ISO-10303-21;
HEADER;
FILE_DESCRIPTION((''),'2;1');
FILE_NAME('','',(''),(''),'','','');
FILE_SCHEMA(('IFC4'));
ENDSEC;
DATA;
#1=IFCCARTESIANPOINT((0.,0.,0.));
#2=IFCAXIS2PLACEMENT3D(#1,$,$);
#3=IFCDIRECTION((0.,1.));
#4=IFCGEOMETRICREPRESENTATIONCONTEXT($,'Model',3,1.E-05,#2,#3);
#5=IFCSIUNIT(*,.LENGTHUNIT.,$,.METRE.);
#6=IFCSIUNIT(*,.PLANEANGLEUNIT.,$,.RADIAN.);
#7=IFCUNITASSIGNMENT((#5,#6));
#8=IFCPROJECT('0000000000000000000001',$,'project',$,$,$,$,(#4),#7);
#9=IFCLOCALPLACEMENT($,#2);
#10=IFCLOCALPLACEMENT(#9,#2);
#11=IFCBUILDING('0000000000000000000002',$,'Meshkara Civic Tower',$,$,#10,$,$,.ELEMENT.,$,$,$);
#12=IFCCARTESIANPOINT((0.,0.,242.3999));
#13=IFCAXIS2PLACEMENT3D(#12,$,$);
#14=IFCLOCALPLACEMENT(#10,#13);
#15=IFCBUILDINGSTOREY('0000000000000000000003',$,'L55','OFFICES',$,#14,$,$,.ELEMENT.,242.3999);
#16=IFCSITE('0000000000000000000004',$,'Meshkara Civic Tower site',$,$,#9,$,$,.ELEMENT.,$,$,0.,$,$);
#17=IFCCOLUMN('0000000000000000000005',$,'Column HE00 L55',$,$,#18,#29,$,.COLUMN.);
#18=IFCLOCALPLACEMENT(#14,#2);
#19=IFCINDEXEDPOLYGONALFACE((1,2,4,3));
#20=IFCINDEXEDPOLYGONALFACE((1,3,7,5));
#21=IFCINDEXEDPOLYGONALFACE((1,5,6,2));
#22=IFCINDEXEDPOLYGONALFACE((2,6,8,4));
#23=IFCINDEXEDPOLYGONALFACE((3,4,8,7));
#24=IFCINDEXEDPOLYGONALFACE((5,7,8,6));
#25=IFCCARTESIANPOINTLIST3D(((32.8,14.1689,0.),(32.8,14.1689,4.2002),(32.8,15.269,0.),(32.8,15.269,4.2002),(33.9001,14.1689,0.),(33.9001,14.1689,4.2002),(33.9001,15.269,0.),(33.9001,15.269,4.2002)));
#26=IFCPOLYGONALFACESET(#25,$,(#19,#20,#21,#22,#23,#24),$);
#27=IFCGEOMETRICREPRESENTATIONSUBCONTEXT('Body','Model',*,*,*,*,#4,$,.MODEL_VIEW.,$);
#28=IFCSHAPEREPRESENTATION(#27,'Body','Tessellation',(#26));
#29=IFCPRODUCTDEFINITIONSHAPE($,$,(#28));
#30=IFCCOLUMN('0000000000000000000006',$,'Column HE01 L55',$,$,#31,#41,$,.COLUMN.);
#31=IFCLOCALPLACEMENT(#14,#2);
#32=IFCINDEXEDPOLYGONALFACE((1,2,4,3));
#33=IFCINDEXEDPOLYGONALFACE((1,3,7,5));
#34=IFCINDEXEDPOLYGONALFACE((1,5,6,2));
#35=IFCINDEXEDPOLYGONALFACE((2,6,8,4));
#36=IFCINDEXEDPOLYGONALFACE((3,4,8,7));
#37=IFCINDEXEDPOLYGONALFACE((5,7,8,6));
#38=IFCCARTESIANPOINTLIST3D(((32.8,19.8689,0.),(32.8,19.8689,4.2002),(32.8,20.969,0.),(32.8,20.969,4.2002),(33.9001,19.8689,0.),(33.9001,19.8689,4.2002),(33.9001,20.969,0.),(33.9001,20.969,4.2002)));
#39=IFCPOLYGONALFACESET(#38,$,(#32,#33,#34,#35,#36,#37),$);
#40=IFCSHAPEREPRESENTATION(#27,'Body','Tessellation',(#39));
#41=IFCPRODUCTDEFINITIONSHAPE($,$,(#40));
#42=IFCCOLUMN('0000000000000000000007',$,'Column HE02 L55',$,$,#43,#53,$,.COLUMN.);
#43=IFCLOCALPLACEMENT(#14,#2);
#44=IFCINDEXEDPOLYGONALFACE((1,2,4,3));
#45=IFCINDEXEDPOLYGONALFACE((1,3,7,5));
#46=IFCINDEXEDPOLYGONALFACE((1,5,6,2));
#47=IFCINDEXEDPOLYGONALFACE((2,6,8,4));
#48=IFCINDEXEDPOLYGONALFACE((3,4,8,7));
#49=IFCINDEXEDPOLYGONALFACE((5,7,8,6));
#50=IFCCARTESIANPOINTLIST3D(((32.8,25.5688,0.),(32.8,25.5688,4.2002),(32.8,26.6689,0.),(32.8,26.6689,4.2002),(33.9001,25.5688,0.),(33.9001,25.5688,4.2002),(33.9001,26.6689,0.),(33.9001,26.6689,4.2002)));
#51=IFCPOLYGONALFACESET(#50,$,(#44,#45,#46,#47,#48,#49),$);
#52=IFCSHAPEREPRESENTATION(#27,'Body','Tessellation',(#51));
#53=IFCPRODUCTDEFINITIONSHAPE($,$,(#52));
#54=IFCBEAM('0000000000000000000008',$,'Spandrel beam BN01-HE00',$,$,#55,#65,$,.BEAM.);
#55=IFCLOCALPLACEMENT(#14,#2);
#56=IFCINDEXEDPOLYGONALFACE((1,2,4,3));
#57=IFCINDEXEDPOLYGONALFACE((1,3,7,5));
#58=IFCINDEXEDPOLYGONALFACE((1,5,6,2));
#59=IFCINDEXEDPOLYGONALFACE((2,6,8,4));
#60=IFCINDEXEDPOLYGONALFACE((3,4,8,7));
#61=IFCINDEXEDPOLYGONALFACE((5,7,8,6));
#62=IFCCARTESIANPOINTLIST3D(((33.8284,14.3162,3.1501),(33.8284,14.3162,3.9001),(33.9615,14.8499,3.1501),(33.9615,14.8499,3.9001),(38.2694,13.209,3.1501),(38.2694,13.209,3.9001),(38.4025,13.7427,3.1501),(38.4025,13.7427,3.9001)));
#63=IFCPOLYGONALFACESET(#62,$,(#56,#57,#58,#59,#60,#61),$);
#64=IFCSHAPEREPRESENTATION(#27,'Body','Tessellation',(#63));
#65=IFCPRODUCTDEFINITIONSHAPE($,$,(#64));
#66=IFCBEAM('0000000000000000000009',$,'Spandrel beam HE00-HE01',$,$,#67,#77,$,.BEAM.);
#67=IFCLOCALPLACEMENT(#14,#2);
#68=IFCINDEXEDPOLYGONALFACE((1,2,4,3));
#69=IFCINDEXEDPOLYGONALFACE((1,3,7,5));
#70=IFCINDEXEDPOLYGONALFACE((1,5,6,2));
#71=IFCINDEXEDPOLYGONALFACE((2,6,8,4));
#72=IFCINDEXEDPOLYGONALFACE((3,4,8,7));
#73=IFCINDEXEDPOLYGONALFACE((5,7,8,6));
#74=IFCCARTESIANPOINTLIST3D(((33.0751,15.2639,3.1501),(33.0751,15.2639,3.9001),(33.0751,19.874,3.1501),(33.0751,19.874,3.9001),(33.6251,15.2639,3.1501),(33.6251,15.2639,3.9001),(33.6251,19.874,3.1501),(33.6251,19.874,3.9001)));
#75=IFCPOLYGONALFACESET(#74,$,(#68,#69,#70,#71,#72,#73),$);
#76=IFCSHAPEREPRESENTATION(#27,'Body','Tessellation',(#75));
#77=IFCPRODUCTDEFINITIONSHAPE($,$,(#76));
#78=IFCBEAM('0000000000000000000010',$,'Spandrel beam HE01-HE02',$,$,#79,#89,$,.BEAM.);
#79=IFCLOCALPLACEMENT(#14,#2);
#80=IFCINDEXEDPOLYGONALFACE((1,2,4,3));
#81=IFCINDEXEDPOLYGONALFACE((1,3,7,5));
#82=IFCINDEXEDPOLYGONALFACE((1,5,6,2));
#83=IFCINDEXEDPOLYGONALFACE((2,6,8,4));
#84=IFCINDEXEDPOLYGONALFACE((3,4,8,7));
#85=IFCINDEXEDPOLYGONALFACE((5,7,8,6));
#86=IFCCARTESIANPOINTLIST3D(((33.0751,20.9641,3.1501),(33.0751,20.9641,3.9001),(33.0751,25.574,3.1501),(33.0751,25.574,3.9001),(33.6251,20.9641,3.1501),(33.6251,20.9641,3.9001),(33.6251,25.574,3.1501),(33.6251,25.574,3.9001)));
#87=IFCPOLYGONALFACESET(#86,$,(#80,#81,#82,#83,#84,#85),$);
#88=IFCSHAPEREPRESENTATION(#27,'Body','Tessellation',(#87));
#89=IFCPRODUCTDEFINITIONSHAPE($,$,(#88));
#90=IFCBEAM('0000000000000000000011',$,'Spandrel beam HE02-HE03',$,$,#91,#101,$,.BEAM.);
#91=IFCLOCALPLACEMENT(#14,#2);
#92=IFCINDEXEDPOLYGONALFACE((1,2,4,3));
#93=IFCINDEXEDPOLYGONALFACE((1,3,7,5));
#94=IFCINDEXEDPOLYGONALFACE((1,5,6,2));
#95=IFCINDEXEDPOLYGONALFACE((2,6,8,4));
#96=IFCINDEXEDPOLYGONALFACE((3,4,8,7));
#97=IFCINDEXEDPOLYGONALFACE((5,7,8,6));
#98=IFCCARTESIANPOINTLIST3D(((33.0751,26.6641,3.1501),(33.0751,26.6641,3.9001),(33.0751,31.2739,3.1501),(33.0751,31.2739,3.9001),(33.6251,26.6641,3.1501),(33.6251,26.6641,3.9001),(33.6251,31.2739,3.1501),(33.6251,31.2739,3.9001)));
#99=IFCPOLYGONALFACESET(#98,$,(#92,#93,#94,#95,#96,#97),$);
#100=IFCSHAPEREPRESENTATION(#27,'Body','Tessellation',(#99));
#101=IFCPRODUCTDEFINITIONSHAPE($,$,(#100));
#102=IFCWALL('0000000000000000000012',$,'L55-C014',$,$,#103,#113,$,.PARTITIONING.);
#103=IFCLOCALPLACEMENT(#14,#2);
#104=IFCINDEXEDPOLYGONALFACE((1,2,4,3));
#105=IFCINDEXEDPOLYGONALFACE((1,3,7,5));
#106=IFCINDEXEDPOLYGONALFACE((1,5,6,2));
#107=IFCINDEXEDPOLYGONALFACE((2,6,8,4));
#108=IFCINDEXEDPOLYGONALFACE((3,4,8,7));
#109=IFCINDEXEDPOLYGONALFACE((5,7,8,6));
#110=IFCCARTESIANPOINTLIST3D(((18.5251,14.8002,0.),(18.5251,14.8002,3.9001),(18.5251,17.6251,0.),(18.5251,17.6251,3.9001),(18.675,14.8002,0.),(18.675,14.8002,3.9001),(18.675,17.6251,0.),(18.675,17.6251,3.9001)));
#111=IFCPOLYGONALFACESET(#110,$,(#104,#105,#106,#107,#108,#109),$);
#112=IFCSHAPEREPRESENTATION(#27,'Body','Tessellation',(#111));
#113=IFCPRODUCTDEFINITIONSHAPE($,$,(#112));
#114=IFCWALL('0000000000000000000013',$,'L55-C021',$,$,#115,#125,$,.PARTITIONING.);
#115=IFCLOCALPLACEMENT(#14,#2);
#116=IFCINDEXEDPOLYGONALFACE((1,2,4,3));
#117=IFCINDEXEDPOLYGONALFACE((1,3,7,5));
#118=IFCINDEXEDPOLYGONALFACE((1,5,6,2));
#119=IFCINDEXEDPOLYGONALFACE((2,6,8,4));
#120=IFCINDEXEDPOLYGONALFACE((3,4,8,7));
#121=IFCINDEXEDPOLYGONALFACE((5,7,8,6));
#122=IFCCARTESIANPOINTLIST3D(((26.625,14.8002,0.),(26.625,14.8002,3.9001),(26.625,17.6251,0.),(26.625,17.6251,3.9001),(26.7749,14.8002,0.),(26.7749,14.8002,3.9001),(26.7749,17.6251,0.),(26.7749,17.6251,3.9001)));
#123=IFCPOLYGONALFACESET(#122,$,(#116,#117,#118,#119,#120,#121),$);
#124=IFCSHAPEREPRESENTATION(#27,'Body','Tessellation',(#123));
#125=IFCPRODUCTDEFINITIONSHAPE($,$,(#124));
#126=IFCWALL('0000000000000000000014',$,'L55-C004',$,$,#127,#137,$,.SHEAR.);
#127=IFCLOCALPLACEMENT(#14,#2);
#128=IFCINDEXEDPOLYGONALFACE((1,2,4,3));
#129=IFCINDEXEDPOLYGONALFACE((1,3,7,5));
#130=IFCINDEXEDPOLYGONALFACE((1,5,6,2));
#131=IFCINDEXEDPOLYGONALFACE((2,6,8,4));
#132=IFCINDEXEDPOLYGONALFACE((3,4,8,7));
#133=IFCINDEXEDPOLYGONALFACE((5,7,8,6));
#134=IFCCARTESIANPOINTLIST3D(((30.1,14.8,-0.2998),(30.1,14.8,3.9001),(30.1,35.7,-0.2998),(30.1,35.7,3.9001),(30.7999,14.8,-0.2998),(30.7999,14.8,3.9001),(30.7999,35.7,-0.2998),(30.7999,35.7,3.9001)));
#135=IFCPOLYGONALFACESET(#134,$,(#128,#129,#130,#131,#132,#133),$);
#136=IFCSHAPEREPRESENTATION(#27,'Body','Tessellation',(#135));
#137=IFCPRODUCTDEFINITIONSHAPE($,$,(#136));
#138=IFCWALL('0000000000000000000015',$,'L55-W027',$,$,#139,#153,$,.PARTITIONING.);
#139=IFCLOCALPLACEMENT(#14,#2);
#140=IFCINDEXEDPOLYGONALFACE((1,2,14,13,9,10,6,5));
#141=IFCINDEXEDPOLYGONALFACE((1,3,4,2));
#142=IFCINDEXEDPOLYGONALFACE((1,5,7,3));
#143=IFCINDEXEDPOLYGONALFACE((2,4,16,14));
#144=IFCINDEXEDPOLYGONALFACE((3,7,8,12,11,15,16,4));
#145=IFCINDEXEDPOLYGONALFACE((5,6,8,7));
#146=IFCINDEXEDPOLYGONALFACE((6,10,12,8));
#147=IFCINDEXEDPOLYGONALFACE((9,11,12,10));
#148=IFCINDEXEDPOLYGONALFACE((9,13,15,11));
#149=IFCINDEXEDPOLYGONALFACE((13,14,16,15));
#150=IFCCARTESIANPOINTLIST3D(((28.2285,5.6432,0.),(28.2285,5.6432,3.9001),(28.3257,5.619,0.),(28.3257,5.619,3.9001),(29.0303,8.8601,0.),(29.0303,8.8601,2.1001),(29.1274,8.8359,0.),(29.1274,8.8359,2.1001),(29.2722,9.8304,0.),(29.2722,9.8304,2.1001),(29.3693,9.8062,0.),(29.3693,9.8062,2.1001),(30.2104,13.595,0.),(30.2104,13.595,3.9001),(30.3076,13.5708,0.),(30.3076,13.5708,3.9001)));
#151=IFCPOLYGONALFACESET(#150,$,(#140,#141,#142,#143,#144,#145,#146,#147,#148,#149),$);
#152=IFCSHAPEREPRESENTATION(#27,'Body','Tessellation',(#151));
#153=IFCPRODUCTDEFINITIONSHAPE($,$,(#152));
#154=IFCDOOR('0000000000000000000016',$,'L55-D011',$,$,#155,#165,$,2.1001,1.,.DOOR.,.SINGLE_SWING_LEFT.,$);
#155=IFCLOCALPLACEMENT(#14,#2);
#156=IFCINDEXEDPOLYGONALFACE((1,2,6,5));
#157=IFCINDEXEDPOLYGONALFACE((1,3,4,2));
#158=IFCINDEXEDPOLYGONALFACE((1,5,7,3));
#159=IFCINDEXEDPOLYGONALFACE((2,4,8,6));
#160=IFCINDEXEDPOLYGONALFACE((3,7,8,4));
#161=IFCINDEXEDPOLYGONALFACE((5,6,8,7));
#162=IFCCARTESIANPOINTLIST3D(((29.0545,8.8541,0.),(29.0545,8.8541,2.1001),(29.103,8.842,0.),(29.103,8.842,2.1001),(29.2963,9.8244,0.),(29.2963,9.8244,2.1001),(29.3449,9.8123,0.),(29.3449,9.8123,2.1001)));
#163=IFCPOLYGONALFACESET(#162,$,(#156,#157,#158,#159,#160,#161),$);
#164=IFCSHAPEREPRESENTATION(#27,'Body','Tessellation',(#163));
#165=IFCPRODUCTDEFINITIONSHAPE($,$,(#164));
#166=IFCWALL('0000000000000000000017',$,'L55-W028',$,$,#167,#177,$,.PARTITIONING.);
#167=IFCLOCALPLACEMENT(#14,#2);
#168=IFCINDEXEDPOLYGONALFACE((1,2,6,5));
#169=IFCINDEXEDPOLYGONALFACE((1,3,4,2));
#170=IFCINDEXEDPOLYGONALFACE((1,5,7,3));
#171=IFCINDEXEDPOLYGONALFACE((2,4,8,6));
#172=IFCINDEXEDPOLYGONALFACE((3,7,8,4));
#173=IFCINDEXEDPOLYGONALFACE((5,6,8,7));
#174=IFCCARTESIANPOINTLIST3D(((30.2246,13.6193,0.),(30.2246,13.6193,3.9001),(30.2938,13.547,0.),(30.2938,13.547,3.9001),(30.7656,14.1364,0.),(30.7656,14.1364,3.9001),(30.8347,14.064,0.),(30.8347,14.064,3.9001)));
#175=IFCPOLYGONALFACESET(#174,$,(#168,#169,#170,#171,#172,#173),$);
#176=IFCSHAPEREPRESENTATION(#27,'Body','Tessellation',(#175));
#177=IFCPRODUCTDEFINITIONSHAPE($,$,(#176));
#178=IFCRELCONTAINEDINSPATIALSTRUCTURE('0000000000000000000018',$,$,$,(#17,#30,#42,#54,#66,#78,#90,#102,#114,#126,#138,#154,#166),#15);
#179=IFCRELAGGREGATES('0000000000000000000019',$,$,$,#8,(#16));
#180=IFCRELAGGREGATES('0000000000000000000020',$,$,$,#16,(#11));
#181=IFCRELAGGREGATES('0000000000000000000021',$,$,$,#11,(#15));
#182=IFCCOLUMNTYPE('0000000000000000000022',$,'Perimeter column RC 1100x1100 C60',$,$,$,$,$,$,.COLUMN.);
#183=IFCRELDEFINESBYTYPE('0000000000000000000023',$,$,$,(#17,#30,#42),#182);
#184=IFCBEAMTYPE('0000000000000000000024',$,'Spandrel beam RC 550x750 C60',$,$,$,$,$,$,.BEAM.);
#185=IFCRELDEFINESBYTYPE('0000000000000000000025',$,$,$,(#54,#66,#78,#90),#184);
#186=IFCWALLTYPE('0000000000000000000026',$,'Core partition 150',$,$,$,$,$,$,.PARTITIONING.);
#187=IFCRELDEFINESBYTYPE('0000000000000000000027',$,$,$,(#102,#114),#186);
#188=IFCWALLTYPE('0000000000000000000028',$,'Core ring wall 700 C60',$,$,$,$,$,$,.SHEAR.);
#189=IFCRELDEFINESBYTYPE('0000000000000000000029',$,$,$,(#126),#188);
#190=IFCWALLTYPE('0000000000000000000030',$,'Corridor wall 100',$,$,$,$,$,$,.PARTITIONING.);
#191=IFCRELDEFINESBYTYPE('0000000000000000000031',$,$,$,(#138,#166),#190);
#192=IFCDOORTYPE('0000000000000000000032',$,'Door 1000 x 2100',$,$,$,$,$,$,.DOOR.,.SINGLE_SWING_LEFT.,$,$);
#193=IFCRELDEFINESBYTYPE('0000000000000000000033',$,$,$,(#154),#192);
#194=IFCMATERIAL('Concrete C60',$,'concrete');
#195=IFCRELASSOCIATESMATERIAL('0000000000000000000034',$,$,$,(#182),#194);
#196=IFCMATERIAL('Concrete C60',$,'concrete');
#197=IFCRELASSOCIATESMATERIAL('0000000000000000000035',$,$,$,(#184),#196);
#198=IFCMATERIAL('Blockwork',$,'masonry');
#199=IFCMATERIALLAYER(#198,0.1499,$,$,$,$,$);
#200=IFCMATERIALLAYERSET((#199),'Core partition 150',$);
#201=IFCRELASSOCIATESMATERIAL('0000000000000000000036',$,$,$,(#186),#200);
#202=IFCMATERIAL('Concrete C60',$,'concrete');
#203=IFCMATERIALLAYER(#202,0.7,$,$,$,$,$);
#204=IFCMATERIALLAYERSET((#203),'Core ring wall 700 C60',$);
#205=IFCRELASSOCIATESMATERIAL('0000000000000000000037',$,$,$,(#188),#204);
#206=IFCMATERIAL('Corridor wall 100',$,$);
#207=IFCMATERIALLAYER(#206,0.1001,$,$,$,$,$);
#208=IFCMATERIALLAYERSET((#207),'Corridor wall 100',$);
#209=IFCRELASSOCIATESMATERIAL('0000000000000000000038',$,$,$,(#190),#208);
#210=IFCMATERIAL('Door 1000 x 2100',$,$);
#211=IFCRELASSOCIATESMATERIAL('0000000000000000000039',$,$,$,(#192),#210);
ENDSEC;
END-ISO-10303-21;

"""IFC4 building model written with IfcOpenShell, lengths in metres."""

from ifc_helpers import new_model, si_unit, direction, frame, frame_2d, origin, origin_2d, place, context, subcontext, project, spatial, rectangle, extrude, material, layer, layer_set, material_profile, profile_set, type_object, element, fill, save


model = new_model("IFC4")

# Units and contexts
model_context = context("Model", 3, precision=1e-05, world=origin(), true_north=direction((0.0, 1.0)))
body_context = subcontext(model_context, "Body", "Model", "MODEL_VIEW")
ifc_project = project(units=[si_unit("LENGTHUNIT", "METRE"), si_unit("PLANEANGLEUNIT", "RADIAN")], contexts=[model_context])

# Site, building, storey
site_placement = place(None, origin())
site = spatial("IfcSite", under=ifc_project, at=site_placement, Name="Meshkara Civic Tower site", CompositionType="ELEMENT", RefElevation=0.0)
building_placement = place(site_placement, origin())
building = spatial("IfcBuilding", under=site, at=building_placement, Name="Meshkara Civic Tower", CompositionType="ELEMENT")
storey_placement = place(building_placement, frame((0.0, 0.0, 242.3999)))
storey = spatial("IfcBuildingStorey", under=building, at=storey_placement, Name="L55", Description="OFFICES", CompositionType="ELEMENT", Elevation=242.3999)

# Columns
ifc_material_1 = material(Name="Concrete C60", Category="concrete")
ifc_material_profile_1 = material_profile(ifc_material_1, rectangle(XDim=1.1001, YDim=1.1001, at=origin_2d()))
ifc_profile_set_1 = profile_set([ifc_material_profile_1], Name="Concrete C60")
column_type = type_object("IfcColumnType", Name="Perimeter column RC 1100x1100 C60", PredefinedType="COLUMN", material=ifc_profile_set_1)
for number, where, z_axis, x_axis, name in (
    (1, (33.3501, 14.719, 0.0), (0.0, 0.0, 1.0), (1.0, 0.0, 0.0), "Column HE00 L55"),
    (2, (33.3501, 20.4189, 0.0), (0.0, 0.0, 1.0), (1.0, 0.0, 0.0), "Column HE01 L55"),
    (3, (33.3501, 26.1189, 0.0), (0.0, 0.0, 1.0), (1.0, 0.0, 0.0), "Column HE02 L55"),
):
    element("IfcColumn", number, at=place(storey_placement, frame(where, z_axis=z_axis, x_axis=x_axis)), inside=storey, type_object=column_type, Name=name, PredefinedType="COLUMN", context=body_context, shape_type="SweptSolid", body=[
        extrude(rectangle(XDim=1.1001, YDim=1.1001, at=origin_2d()), origin(), (0.0, 0.0, 1.0), 4.2002),
    ])

# Beams
ifc_material_2 = material(Name="Concrete C60", Category="concrete")
ifc_material_profile_2 = material_profile(ifc_material_2, rectangle(XDim=0.55, YDim=0.75, at=origin_2d()))
ifc_profile_set_2 = profile_set([ifc_material_profile_2], Name="Concrete C60")
beam_type = type_object("IfcBeamType", Name="Spandrel beam RC 550x750 C60", PredefinedType="BEAM", material=ifc_profile_set_2)
beam_1_placement = place(storey_placement, frame((38.3359, 13.4758, 3.5251), z_axis=(-0.970299, 0.241908, 0.0), x_axis=(-0.241908, -0.970299, 0.0)))
element("IfcBeam", 4, at=beam_1_placement, inside=storey, type_object=beam_type, Name="Spandrel beam BN01-HE00", PredefinedType="BEAM", context=body_context, shape_type="SweptSolid", body=[
    extrude(rectangle(XDim=0.55, YDim=0.75, at=origin_2d()), origin(), (0.0, 0.0, 1.0), 4.5769),
])
beam_2_placement = place(storey_placement, frame((33.3501, 15.2639, 3.5251), z_axis=(0.0, 1.0, 0.0), x_axis=(-1.0, 0.0, 0.0)))
element("IfcBeam", 5, at=beam_2_placement, inside=storey, type_object=beam_type, Name="Spandrel beam HE00-HE01", PredefinedType="BEAM", context=body_context, shape_type="SweptSolid", body=[
    extrude(rectangle(XDim=0.55, YDim=0.75, at=origin_2d()), origin(), (0.0, 0.0, 1.0), 4.6101),
])
for number, where, z_axis, x_axis, name in (
    (6, (33.3501, 20.9641, 3.5251), (0.0, 1.0, 0.0), (-1.0, 0.0, 0.0), "Spandrel beam HE01-HE02"),
    (7, (33.3501, 26.6641, 3.5251), (0.0, 1.0, 0.0), (-1.0, 0.0, 0.0), "Spandrel beam HE02-HE03"),
):
    element("IfcBeam", number, at=place(storey_placement, frame(where, z_axis=z_axis, x_axis=x_axis)), inside=storey, type_object=beam_type, Name=name, PredefinedType="BEAM", context=body_context, shape_type="SweptSolid", body=[
        extrude(rectangle(XDim=0.55, YDim=0.75, at=origin_2d()), origin(), (0.0, 0.0, 1.0), 4.6099),
    ])

# Walls
ifc_material_3 = material(Name="Blockwork", Category="masonry")
ifc_layer_1 = layer(ifc_material_3, 0.1499)
ifc_layer_set_1 = layer_set([ifc_layer_1], Name="Core partition 150")
wall_type_1 = type_object("IfcWallType", Name="Core partition 150", PredefinedType="PARTITIONING", material=ifc_layer_set_1)
for number, where, z_axis, x_axis, name in (
    (8, (18.6001, 14.8, 0.0), (0.0, 0.0, 1.0), (0.0, 1.0, 0.0), "L55-C014"),
    (9, (26.7, 14.8, 0.0), (0.0, 0.0, 1.0), (0.0, 1.0, 0.0), "L55-C021"),
):
    element("IfcWall", number, at=place(storey_placement, frame(where, z_axis=z_axis, x_axis=x_axis)), inside=storey, type_object=wall_type_1, Name=name, PredefinedType="PARTITIONING", context=body_context, shape_type="SweptSolid", body=[
        extrude(rectangle(XDim=2.825, YDim=0.1499, at=frame_2d((1.4126, 0.0))), origin(), (0.0, 0.0, 1.0), 3.9001),
    ])
ifc_material_4 = material(Name="Concrete C60", Category="concrete")
ifc_layer_2 = layer(ifc_material_4, 0.7)
ifc_layer_set_2 = layer_set([ifc_layer_2], Name="Core ring wall 700 C60")
wall_type_2 = type_object("IfcWallType", Name="Core ring wall 700 C60", PredefinedType="SHEAR", material=ifc_layer_set_2)
wall_1_placement = place(storey_placement, frame((30.45, 14.8, -0.2998), z_axis=(0.0, 0.0, 1.0), x_axis=(0.0, 1.0, 0.0)))
element("IfcWall", 10, at=wall_1_placement, inside=storey, type_object=wall_type_2, Name="L55-C004", PredefinedType="SHEAR", context=body_context, shape_type="SweptSolid", body=[
    extrude(rectangle(XDim=20.8999, YDim=0.7, at=frame_2d((10.45, 0.0))), origin(), (0.0, 0.0, 1.0), 4.2),
])

# Wall, opening, door
ifc_material_5 = material(Name="Corridor wall 100")
ifc_layer_3 = layer(ifc_material_5, 0.1001)
ifc_layer_set_3 = layer_set([ifc_layer_3], Name="Corridor wall 100")
wall_type_3 = type_object("IfcWallType", Name="Corridor wall 100", PredefinedType="PARTITIONING", material=ifc_layer_set_3)
wall_2_placement = place(storey_placement, frame((30.259, 13.583, 0.0), z_axis=(0.0, 0.0, 1.0), x_axis=(-0.241842, -0.970316, 0.0)))
wall_2 = element("IfcWall", 11, at=wall_2_placement, inside=storey, type_object=wall_type_3, Name="L55-W027", PredefinedType="PARTITIONING", context=body_context, shape_type="SweptSolid", body=[
    extrude(rectangle(XDim=8.1951, YDim=0.1001, at=frame_2d((4.0977, 0.0))), origin(), (0.0, 0.0, 1.0), 3.9001),
])
opening_1_placement = place(wall_2_placement, frame((3.8799, 0.0, 0.0)))
opening_1 = element("IfcOpeningElement", 12, at=opening_1_placement, cuts=wall_2, PredefinedType="OPENING", context=body_context, shape_type="SweptSolid", body=[
    extrude(rectangle(XDim=1.0, YDim=2.1001, at=frame_2d((0.5, 1.05))), frame((0.0, 0.0601, 0.0), z_axis=(0.0, -1.0, 0.0), x_axis=(1.0, 0.0, 0.0)), (0.0, 0.0, 1.0), 0.1201),
])
ifc_material_6 = material(Name="Door 1000 x 2100")
door_type_1 = type_object("IfcDoorType", Name="Door 1000 x 2100", OperationType="SINGLE_SWING_LEFT", PredefinedType="DOOR", material=ifc_material_6)
door_1_placement = place(opening_1_placement, origin())
door_1 = element("IfcDoor", 13, at=door_1_placement, inside=storey, type_object=door_type_1, Name="L55-D011", OperationType="SINGLE_SWING_LEFT", OverallHeight=2.1001, OverallWidth=1.0, PredefinedType="DOOR", context=body_context, shape_type="SweptSolid", body=[
    extrude(rectangle(XDim=1.0, YDim=2.1001, at=frame_2d((0.5, 1.05))), frame((0.0, 0.0249, 0.0), z_axis=(0.0, -1.0, 0.0), x_axis=(1.0, 0.0, 0.0)), (0.0, 0.0, 1.0), 0.05),
])
fill(opening_1, door_1)

# Wall
wall_3_placement = place(storey_placement, frame((30.8, 14.1001, 0.0), z_axis=(0.0, 0.0, 1.0), x_axis=(-0.722911, -0.690941, 0.0)))
element("IfcWall", 14, at=wall_3_placement, inside=storey, type_object=wall_type_3, Name="L55-W028", PredefinedType="PARTITIONING", context=body_context, shape_type="SweptSolid", body=[
    extrude(rectangle(XDim=0.7483, YDim=0.1001, at=frame_2d((0.374, 0.0))), origin(), (0.0, 0.0, 1.0), 3.9001),
])

save(model, "model.ifc")
